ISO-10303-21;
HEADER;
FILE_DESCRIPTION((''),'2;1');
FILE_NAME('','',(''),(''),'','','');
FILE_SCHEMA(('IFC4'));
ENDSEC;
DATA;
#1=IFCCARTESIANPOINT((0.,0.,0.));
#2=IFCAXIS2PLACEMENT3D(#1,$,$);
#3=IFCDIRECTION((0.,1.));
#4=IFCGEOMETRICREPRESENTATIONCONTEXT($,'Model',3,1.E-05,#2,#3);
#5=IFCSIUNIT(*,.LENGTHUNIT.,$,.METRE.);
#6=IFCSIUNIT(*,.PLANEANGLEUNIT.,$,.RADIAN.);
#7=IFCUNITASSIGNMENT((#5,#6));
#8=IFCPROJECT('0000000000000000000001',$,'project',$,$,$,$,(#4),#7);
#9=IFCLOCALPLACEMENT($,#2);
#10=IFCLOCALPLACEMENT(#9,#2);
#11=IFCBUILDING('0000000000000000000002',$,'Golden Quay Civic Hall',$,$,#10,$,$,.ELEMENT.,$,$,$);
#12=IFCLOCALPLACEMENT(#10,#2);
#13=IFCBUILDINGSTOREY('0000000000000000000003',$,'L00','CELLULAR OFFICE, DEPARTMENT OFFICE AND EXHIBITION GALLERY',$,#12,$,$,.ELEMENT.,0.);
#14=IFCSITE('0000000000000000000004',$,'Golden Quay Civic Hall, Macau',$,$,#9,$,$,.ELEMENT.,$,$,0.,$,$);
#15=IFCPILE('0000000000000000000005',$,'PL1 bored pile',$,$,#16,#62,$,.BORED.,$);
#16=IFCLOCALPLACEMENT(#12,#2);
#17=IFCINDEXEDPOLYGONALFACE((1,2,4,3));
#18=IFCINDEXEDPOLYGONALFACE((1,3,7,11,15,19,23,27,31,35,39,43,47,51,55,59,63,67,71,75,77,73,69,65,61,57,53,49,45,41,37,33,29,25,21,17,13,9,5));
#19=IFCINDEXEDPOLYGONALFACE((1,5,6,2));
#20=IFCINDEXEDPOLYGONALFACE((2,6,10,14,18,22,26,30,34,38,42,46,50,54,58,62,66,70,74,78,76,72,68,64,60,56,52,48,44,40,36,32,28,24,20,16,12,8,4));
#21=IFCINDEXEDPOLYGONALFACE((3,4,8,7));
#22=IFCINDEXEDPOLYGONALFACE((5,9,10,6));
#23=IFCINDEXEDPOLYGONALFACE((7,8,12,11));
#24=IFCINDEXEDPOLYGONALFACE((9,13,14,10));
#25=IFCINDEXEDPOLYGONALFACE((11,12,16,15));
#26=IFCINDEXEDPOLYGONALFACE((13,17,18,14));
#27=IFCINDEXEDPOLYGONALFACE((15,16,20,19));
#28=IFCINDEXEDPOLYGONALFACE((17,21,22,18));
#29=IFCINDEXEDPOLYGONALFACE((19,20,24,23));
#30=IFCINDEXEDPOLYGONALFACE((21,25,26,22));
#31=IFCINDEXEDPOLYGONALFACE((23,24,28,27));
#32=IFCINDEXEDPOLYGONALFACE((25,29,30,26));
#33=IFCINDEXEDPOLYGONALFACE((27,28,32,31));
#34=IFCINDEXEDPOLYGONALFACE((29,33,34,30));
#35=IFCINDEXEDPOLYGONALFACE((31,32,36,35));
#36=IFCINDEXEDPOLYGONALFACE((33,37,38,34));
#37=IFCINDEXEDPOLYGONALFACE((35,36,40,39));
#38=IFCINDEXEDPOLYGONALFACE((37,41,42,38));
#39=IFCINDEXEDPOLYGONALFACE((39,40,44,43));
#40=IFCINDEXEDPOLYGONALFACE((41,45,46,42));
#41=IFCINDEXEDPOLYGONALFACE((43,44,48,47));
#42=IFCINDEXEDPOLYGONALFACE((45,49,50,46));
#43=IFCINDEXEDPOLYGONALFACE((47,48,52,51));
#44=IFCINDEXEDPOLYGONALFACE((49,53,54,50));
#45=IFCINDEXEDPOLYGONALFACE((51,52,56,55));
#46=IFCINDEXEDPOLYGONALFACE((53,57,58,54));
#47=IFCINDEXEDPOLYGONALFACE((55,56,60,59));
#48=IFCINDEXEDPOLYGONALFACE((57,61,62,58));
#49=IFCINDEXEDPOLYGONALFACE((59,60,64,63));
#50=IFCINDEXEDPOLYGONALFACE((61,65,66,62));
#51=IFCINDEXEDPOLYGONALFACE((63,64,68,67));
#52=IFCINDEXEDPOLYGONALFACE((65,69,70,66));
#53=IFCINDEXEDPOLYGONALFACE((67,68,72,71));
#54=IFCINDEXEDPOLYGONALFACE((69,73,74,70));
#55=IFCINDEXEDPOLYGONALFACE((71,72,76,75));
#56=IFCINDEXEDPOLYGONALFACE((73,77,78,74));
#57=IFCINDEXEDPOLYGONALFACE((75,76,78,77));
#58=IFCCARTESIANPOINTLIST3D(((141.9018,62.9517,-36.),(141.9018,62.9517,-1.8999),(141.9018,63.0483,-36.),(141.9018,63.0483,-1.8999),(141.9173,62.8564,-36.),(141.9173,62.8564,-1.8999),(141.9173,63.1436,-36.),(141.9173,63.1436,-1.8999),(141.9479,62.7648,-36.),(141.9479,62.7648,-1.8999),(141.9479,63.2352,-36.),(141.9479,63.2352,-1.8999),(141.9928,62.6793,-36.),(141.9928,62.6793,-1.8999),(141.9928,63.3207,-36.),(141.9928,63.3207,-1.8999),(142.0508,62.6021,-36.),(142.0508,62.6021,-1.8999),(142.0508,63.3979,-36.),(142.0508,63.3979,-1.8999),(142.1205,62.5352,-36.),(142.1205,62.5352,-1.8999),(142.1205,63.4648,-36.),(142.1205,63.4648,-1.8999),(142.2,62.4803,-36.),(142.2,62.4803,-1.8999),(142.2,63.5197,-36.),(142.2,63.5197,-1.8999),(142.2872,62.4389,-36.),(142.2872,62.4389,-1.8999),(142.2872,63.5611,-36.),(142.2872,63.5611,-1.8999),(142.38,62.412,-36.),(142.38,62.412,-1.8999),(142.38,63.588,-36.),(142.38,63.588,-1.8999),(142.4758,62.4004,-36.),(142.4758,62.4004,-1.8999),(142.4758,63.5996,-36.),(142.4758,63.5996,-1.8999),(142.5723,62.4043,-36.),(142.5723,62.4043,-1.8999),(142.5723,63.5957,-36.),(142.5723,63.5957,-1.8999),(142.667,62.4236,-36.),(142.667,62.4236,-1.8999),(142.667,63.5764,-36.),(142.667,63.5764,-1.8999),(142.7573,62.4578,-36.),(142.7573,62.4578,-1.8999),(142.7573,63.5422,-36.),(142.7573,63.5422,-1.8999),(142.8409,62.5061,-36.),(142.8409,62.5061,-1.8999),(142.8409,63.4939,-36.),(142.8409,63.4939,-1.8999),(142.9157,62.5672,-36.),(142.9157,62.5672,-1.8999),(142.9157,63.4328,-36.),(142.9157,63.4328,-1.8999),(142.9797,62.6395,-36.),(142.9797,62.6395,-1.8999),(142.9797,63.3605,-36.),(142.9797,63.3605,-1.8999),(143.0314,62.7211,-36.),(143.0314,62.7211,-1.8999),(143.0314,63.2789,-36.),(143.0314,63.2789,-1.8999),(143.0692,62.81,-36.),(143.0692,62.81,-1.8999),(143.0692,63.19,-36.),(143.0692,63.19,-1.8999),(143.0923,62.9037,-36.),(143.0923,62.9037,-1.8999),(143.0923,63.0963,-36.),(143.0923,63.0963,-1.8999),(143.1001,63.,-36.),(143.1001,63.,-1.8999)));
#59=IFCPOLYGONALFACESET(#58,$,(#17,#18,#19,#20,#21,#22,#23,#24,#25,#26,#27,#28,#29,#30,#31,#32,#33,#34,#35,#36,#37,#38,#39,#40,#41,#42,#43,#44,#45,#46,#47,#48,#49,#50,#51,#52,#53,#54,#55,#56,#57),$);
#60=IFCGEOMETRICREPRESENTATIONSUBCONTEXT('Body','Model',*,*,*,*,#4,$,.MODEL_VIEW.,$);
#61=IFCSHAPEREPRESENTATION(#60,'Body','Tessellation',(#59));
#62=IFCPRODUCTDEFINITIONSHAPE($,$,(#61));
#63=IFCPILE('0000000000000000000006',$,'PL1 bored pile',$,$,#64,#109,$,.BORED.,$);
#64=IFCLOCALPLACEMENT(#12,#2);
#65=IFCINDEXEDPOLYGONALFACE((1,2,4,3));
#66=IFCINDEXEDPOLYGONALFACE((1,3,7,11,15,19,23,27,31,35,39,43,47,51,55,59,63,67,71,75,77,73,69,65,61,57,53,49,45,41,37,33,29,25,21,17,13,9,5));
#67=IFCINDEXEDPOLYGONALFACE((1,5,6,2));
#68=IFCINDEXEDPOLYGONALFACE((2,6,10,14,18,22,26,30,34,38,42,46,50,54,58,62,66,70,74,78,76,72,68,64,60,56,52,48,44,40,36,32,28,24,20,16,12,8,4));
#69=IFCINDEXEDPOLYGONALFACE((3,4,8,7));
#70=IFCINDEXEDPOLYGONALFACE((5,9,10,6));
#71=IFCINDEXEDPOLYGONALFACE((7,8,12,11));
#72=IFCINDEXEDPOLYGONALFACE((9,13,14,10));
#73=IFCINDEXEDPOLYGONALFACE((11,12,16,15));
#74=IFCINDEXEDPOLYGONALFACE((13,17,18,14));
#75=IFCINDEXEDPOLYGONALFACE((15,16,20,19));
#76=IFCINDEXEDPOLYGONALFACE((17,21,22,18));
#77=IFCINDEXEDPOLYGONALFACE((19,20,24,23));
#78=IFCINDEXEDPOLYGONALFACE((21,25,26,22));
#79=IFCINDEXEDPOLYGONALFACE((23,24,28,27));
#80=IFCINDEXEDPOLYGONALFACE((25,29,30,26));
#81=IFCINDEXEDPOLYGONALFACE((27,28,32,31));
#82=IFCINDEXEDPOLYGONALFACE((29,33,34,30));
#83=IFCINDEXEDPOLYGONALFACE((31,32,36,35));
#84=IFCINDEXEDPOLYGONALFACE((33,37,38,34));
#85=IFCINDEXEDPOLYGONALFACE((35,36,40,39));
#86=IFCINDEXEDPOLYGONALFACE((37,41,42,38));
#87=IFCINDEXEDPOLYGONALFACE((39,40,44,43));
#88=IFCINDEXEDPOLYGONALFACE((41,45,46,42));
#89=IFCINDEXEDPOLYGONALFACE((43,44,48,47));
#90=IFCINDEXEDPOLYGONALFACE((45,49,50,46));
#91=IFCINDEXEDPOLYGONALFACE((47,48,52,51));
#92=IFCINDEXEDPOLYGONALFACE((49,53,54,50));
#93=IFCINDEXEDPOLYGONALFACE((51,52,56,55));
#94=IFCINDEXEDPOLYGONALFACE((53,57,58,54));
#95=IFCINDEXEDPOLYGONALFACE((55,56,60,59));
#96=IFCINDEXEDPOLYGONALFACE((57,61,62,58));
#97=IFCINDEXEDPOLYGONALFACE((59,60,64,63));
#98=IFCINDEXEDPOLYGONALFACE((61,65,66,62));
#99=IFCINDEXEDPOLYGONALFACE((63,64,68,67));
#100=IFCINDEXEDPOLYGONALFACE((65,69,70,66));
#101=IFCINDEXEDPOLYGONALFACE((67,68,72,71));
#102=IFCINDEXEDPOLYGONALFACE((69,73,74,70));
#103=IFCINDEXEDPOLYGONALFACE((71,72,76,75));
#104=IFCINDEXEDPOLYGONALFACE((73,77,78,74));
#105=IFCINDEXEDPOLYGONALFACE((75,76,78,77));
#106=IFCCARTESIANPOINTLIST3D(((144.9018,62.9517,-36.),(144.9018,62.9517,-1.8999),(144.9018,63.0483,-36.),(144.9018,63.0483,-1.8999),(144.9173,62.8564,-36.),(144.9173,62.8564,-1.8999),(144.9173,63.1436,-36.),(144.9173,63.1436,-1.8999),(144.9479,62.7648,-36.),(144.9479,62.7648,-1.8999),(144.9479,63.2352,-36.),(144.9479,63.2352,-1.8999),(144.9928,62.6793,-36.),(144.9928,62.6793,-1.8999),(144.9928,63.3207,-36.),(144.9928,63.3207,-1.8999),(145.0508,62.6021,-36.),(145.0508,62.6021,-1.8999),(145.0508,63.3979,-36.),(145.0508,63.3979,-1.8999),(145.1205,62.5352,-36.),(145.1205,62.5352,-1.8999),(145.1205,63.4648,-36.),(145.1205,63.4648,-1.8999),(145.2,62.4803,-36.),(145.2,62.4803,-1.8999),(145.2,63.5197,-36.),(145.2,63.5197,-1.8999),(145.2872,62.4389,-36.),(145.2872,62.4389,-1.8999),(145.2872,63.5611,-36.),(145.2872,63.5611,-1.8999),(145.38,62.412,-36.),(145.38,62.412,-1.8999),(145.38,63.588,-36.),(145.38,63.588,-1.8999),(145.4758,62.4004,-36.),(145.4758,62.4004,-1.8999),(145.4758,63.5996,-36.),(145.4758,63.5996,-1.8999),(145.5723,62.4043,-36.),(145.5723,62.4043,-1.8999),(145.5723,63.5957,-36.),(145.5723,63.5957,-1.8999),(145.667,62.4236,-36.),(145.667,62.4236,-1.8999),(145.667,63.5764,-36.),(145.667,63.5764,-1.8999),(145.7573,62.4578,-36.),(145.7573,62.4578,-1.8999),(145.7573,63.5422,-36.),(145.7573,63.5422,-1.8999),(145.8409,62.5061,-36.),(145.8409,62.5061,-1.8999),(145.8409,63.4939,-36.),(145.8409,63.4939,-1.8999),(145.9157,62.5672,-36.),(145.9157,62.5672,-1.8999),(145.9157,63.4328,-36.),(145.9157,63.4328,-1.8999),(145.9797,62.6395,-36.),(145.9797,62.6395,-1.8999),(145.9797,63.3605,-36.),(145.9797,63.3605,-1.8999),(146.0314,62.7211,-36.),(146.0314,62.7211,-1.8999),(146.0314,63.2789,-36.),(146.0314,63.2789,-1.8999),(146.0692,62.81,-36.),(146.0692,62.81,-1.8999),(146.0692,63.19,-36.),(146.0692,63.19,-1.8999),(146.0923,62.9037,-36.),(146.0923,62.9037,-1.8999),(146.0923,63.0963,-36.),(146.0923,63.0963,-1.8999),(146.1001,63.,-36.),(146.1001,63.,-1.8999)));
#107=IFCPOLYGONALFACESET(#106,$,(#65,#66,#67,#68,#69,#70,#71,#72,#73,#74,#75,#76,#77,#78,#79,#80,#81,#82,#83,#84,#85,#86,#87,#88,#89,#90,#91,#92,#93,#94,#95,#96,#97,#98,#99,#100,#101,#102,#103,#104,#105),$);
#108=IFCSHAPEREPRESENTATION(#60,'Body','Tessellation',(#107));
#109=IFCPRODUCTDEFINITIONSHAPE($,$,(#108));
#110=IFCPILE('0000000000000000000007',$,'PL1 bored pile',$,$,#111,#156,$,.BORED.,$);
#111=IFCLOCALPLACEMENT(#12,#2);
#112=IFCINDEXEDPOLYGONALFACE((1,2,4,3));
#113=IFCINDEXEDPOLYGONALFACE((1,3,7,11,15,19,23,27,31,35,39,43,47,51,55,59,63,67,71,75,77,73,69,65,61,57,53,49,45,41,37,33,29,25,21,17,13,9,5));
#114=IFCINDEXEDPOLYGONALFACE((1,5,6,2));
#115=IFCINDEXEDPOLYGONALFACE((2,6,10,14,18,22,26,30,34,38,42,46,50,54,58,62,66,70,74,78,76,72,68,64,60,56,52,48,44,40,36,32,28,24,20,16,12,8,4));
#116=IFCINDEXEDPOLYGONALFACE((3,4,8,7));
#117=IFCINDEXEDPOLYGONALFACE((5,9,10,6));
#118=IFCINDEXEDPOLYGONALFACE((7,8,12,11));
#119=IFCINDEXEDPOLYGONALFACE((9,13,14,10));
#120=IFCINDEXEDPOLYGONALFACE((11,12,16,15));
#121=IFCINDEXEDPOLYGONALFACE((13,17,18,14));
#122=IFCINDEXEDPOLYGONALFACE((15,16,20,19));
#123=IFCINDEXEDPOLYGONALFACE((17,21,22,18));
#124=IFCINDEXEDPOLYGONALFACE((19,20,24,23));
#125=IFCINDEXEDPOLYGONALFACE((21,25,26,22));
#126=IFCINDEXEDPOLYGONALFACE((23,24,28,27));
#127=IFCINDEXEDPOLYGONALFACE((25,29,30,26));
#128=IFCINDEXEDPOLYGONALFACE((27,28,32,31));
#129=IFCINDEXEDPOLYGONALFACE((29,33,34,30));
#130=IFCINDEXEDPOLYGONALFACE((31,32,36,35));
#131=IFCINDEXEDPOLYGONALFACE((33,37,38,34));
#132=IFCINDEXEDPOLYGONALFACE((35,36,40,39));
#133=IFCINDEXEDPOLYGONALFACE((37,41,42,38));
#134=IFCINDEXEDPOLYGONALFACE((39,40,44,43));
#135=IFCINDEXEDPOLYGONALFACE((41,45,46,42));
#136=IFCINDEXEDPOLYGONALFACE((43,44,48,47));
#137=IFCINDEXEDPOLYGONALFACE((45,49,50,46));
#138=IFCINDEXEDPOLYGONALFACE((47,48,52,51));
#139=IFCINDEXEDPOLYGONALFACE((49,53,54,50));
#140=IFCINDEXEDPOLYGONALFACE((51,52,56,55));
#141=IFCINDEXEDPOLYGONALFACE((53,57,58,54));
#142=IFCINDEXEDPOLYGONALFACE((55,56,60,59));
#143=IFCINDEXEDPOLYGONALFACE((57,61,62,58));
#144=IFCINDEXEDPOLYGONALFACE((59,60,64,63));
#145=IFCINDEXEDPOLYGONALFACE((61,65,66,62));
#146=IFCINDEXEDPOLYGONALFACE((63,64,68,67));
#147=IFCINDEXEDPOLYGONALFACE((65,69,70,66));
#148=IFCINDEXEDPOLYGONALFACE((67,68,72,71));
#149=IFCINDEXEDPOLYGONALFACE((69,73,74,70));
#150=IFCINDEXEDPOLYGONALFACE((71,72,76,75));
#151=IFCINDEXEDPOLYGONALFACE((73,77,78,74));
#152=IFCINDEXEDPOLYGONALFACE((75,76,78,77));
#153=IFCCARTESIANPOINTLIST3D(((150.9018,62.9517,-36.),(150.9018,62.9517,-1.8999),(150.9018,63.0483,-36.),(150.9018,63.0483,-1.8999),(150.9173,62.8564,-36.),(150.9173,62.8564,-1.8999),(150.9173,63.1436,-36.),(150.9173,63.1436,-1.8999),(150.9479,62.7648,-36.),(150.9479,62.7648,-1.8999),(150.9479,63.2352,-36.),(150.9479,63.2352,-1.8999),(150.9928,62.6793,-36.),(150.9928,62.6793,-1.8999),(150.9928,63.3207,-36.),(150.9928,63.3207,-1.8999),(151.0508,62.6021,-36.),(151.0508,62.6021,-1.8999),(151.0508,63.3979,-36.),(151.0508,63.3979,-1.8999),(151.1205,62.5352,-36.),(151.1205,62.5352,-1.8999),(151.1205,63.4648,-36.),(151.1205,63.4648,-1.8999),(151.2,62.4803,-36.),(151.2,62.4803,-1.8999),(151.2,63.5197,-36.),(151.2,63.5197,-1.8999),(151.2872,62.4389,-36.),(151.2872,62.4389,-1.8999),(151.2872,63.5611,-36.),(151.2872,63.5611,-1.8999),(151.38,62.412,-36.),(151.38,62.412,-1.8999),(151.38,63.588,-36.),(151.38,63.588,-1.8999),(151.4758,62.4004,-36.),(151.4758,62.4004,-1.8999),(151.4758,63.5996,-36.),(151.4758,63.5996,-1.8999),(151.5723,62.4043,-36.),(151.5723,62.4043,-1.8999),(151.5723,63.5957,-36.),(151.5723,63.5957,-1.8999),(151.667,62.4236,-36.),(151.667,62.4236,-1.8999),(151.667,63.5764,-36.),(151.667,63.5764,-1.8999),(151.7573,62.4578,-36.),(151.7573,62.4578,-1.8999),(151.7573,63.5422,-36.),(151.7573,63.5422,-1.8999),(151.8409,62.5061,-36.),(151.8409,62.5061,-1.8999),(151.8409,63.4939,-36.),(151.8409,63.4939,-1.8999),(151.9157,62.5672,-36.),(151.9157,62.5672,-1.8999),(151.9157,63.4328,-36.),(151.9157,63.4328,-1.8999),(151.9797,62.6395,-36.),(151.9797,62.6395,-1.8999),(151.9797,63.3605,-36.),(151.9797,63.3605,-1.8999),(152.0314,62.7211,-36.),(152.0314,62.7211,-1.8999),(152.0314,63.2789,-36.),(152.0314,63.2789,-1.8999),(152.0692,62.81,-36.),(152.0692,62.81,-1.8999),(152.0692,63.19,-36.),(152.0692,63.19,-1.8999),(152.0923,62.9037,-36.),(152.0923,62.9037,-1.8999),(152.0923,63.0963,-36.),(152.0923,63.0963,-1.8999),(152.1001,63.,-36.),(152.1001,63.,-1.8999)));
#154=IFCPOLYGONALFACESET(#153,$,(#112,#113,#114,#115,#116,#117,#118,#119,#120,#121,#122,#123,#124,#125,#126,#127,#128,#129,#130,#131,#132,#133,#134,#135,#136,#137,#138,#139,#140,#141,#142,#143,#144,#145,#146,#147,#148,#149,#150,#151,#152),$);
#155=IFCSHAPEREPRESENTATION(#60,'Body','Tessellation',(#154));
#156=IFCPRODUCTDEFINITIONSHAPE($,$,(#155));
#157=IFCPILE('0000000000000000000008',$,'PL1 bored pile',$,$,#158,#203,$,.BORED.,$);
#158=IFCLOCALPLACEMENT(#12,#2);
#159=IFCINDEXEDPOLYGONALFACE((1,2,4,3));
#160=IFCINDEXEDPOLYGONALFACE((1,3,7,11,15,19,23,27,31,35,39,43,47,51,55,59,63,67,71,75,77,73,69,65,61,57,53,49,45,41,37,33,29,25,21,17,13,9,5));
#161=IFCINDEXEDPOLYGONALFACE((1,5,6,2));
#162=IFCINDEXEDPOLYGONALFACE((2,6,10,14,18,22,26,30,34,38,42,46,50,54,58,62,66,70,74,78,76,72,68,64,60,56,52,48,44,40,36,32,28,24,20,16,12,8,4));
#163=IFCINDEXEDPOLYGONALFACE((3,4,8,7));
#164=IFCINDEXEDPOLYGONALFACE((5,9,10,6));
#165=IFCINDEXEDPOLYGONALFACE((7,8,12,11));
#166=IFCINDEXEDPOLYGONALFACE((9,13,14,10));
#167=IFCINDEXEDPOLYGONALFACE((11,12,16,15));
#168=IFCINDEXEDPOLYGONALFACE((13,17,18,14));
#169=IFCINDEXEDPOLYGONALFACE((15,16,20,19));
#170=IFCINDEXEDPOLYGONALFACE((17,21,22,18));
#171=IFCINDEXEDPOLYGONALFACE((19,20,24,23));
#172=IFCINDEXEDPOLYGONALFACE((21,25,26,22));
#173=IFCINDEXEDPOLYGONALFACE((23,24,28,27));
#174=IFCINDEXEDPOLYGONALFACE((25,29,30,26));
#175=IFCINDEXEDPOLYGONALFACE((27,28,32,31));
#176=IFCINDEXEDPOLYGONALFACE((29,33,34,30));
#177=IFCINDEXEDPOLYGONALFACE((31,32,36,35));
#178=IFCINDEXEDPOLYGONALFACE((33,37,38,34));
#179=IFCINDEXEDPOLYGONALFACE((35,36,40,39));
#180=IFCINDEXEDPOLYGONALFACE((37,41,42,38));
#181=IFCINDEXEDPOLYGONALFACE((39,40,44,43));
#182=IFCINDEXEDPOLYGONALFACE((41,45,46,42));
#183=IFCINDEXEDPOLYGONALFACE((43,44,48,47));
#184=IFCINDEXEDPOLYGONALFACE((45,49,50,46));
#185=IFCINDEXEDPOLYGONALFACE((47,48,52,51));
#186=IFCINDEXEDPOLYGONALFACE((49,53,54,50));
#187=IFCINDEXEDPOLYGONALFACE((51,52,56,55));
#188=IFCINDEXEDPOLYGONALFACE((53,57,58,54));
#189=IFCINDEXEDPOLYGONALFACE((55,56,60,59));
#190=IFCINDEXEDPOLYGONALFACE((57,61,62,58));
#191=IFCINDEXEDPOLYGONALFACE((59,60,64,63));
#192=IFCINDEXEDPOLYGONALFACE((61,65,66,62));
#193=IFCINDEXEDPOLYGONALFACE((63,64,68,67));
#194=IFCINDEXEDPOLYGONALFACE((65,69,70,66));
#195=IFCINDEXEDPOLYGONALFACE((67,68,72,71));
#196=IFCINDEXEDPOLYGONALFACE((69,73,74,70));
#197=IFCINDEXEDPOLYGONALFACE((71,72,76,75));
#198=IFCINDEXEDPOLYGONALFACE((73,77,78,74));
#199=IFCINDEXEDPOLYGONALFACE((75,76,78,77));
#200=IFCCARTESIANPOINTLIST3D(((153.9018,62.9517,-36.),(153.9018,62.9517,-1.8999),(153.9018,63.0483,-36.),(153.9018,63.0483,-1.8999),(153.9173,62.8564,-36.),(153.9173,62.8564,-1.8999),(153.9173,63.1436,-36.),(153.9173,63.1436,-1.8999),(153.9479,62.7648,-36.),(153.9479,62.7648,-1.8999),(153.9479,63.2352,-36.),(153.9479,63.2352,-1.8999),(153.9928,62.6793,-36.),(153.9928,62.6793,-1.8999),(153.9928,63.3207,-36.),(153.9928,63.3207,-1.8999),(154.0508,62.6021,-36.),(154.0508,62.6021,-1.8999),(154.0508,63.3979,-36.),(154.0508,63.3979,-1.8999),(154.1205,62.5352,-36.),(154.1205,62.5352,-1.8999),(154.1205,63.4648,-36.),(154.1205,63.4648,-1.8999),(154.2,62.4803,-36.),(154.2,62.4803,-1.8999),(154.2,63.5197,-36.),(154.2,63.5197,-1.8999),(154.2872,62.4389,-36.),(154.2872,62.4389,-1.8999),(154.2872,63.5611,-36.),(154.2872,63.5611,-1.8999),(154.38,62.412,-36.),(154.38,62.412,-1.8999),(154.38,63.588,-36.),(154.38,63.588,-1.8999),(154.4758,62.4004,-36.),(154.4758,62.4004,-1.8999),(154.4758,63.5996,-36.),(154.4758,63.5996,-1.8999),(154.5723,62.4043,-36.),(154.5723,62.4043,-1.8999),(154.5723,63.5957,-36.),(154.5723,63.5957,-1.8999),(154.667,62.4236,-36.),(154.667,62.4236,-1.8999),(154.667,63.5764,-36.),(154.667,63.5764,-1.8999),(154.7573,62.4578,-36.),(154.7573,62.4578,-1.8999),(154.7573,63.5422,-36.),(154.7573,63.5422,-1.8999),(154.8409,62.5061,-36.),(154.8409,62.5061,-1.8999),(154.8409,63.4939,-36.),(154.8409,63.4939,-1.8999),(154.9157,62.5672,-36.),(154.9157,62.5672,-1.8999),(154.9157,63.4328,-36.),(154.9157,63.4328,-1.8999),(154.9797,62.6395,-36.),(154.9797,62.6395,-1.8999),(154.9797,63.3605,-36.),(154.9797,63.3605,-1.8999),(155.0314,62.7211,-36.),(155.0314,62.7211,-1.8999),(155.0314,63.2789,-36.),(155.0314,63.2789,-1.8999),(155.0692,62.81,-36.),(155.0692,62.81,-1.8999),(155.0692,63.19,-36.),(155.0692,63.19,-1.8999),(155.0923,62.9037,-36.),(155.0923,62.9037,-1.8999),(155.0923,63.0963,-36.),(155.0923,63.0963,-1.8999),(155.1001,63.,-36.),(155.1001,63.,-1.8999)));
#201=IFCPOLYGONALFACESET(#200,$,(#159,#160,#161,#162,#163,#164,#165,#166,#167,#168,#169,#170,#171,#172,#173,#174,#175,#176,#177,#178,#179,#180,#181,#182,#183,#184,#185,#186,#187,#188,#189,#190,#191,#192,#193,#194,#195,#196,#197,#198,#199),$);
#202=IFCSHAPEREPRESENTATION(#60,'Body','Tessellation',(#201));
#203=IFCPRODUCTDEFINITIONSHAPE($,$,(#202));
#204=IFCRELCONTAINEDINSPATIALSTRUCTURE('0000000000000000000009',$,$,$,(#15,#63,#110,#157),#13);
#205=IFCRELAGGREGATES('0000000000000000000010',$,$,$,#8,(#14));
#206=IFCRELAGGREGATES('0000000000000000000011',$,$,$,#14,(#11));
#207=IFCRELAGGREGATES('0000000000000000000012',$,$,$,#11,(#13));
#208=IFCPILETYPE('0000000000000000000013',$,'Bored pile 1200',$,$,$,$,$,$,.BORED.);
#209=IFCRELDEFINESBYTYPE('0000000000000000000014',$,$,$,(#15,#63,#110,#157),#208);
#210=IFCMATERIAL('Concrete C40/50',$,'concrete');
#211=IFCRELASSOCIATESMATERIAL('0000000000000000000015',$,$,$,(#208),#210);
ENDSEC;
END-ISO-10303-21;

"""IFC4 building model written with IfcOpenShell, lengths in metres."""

from ifc_helpers import new_model, si_unit, direction, frame, origin, origin_2d, place, context, subcontext, project, spatial, circle, extrude, material, material_profile, profile_set, type_object, element, save


model = new_model("IFC4")

# Units and contexts
model_context = context("Model", 3, precision=1e-05, world=origin(), true_north=direction((0.0, 1.0)))
body_context = subcontext(model_context, "Body", "Model", "MODEL_VIEW")
ifc_project = project(units=[si_unit("LENGTHUNIT", "METRE"), si_unit("PLANEANGLEUNIT", "RADIAN")], contexts=[model_context])

# Site, building, storey
site_placement = place(None, origin())
site = spatial("IfcSite", under=ifc_project, at=site_placement, Name="Golden Quay Civic Hall, Macau", CompositionType="ELEMENT", RefElevation=0.0)
building_placement = place(site_placement, origin())
building = spatial("IfcBuilding", under=site, at=building_placement, Name="Golden Quay Civic Hall", CompositionType="ELEMENT")
storey_placement = place(building_placement, origin())
storey = spatial("IfcBuildingStorey", under=building, at=storey_placement, Name="L00", Description="CELLULAR OFFICE, DEPARTMENT OFFICE AND EXHIBITION GALLERY", CompositionType="ELEMENT", Elevation=0.0)

# Piles
ifc_material_1 = material(Name="Concrete C40/50", Category="concrete")
ifc_material_profile_1 = material_profile(ifc_material_1, circle(Radius=0.6001, at=origin_2d()), Name="RC D1200")
ifc_profile_set_1 = profile_set([ifc_material_profile_1], Name="Concrete C40/50")
pile_type = type_object("IfcPileType", Name="Bored pile 1200", PredefinedType="BORED", material=ifc_profile_set_1)
for number, where, z_axis, x_axis, name in (
    (1, (142.5, 63.0, -1.8999), (0.0, 0.0, -1.0), (1.0, 0.0, 0.0), "PL1 bored pile"),
    (2, (145.5, 63.0, -1.8999), (0.0, 0.0, -1.0), (1.0, 0.0, 0.0), "PL1 bored pile"),
    (3, (151.5, 63.0, -1.8999), (0.0, 0.0, -1.0), (1.0, 0.0, 0.0), "PL1 bored pile"),
    (4, (154.5, 63.0, -1.8999), (0.0, 0.0, -1.0), (1.0, 0.0, 0.0), "PL1 bored pile"),
):
    element("IfcPile", number, at=place(storey_placement, frame(where, z_axis=z_axis, x_axis=x_axis)), inside=storey, type_object=pile_type, Name=name, PredefinedType="BORED", context=body_context, shape_type="SweptSolid", body=[
        extrude(circle(Radius=0.6001, at=origin_2d()), origin(), (0.0, 0.0, 1.0), 34.1001),
    ])

save(model, "model.ifc")
